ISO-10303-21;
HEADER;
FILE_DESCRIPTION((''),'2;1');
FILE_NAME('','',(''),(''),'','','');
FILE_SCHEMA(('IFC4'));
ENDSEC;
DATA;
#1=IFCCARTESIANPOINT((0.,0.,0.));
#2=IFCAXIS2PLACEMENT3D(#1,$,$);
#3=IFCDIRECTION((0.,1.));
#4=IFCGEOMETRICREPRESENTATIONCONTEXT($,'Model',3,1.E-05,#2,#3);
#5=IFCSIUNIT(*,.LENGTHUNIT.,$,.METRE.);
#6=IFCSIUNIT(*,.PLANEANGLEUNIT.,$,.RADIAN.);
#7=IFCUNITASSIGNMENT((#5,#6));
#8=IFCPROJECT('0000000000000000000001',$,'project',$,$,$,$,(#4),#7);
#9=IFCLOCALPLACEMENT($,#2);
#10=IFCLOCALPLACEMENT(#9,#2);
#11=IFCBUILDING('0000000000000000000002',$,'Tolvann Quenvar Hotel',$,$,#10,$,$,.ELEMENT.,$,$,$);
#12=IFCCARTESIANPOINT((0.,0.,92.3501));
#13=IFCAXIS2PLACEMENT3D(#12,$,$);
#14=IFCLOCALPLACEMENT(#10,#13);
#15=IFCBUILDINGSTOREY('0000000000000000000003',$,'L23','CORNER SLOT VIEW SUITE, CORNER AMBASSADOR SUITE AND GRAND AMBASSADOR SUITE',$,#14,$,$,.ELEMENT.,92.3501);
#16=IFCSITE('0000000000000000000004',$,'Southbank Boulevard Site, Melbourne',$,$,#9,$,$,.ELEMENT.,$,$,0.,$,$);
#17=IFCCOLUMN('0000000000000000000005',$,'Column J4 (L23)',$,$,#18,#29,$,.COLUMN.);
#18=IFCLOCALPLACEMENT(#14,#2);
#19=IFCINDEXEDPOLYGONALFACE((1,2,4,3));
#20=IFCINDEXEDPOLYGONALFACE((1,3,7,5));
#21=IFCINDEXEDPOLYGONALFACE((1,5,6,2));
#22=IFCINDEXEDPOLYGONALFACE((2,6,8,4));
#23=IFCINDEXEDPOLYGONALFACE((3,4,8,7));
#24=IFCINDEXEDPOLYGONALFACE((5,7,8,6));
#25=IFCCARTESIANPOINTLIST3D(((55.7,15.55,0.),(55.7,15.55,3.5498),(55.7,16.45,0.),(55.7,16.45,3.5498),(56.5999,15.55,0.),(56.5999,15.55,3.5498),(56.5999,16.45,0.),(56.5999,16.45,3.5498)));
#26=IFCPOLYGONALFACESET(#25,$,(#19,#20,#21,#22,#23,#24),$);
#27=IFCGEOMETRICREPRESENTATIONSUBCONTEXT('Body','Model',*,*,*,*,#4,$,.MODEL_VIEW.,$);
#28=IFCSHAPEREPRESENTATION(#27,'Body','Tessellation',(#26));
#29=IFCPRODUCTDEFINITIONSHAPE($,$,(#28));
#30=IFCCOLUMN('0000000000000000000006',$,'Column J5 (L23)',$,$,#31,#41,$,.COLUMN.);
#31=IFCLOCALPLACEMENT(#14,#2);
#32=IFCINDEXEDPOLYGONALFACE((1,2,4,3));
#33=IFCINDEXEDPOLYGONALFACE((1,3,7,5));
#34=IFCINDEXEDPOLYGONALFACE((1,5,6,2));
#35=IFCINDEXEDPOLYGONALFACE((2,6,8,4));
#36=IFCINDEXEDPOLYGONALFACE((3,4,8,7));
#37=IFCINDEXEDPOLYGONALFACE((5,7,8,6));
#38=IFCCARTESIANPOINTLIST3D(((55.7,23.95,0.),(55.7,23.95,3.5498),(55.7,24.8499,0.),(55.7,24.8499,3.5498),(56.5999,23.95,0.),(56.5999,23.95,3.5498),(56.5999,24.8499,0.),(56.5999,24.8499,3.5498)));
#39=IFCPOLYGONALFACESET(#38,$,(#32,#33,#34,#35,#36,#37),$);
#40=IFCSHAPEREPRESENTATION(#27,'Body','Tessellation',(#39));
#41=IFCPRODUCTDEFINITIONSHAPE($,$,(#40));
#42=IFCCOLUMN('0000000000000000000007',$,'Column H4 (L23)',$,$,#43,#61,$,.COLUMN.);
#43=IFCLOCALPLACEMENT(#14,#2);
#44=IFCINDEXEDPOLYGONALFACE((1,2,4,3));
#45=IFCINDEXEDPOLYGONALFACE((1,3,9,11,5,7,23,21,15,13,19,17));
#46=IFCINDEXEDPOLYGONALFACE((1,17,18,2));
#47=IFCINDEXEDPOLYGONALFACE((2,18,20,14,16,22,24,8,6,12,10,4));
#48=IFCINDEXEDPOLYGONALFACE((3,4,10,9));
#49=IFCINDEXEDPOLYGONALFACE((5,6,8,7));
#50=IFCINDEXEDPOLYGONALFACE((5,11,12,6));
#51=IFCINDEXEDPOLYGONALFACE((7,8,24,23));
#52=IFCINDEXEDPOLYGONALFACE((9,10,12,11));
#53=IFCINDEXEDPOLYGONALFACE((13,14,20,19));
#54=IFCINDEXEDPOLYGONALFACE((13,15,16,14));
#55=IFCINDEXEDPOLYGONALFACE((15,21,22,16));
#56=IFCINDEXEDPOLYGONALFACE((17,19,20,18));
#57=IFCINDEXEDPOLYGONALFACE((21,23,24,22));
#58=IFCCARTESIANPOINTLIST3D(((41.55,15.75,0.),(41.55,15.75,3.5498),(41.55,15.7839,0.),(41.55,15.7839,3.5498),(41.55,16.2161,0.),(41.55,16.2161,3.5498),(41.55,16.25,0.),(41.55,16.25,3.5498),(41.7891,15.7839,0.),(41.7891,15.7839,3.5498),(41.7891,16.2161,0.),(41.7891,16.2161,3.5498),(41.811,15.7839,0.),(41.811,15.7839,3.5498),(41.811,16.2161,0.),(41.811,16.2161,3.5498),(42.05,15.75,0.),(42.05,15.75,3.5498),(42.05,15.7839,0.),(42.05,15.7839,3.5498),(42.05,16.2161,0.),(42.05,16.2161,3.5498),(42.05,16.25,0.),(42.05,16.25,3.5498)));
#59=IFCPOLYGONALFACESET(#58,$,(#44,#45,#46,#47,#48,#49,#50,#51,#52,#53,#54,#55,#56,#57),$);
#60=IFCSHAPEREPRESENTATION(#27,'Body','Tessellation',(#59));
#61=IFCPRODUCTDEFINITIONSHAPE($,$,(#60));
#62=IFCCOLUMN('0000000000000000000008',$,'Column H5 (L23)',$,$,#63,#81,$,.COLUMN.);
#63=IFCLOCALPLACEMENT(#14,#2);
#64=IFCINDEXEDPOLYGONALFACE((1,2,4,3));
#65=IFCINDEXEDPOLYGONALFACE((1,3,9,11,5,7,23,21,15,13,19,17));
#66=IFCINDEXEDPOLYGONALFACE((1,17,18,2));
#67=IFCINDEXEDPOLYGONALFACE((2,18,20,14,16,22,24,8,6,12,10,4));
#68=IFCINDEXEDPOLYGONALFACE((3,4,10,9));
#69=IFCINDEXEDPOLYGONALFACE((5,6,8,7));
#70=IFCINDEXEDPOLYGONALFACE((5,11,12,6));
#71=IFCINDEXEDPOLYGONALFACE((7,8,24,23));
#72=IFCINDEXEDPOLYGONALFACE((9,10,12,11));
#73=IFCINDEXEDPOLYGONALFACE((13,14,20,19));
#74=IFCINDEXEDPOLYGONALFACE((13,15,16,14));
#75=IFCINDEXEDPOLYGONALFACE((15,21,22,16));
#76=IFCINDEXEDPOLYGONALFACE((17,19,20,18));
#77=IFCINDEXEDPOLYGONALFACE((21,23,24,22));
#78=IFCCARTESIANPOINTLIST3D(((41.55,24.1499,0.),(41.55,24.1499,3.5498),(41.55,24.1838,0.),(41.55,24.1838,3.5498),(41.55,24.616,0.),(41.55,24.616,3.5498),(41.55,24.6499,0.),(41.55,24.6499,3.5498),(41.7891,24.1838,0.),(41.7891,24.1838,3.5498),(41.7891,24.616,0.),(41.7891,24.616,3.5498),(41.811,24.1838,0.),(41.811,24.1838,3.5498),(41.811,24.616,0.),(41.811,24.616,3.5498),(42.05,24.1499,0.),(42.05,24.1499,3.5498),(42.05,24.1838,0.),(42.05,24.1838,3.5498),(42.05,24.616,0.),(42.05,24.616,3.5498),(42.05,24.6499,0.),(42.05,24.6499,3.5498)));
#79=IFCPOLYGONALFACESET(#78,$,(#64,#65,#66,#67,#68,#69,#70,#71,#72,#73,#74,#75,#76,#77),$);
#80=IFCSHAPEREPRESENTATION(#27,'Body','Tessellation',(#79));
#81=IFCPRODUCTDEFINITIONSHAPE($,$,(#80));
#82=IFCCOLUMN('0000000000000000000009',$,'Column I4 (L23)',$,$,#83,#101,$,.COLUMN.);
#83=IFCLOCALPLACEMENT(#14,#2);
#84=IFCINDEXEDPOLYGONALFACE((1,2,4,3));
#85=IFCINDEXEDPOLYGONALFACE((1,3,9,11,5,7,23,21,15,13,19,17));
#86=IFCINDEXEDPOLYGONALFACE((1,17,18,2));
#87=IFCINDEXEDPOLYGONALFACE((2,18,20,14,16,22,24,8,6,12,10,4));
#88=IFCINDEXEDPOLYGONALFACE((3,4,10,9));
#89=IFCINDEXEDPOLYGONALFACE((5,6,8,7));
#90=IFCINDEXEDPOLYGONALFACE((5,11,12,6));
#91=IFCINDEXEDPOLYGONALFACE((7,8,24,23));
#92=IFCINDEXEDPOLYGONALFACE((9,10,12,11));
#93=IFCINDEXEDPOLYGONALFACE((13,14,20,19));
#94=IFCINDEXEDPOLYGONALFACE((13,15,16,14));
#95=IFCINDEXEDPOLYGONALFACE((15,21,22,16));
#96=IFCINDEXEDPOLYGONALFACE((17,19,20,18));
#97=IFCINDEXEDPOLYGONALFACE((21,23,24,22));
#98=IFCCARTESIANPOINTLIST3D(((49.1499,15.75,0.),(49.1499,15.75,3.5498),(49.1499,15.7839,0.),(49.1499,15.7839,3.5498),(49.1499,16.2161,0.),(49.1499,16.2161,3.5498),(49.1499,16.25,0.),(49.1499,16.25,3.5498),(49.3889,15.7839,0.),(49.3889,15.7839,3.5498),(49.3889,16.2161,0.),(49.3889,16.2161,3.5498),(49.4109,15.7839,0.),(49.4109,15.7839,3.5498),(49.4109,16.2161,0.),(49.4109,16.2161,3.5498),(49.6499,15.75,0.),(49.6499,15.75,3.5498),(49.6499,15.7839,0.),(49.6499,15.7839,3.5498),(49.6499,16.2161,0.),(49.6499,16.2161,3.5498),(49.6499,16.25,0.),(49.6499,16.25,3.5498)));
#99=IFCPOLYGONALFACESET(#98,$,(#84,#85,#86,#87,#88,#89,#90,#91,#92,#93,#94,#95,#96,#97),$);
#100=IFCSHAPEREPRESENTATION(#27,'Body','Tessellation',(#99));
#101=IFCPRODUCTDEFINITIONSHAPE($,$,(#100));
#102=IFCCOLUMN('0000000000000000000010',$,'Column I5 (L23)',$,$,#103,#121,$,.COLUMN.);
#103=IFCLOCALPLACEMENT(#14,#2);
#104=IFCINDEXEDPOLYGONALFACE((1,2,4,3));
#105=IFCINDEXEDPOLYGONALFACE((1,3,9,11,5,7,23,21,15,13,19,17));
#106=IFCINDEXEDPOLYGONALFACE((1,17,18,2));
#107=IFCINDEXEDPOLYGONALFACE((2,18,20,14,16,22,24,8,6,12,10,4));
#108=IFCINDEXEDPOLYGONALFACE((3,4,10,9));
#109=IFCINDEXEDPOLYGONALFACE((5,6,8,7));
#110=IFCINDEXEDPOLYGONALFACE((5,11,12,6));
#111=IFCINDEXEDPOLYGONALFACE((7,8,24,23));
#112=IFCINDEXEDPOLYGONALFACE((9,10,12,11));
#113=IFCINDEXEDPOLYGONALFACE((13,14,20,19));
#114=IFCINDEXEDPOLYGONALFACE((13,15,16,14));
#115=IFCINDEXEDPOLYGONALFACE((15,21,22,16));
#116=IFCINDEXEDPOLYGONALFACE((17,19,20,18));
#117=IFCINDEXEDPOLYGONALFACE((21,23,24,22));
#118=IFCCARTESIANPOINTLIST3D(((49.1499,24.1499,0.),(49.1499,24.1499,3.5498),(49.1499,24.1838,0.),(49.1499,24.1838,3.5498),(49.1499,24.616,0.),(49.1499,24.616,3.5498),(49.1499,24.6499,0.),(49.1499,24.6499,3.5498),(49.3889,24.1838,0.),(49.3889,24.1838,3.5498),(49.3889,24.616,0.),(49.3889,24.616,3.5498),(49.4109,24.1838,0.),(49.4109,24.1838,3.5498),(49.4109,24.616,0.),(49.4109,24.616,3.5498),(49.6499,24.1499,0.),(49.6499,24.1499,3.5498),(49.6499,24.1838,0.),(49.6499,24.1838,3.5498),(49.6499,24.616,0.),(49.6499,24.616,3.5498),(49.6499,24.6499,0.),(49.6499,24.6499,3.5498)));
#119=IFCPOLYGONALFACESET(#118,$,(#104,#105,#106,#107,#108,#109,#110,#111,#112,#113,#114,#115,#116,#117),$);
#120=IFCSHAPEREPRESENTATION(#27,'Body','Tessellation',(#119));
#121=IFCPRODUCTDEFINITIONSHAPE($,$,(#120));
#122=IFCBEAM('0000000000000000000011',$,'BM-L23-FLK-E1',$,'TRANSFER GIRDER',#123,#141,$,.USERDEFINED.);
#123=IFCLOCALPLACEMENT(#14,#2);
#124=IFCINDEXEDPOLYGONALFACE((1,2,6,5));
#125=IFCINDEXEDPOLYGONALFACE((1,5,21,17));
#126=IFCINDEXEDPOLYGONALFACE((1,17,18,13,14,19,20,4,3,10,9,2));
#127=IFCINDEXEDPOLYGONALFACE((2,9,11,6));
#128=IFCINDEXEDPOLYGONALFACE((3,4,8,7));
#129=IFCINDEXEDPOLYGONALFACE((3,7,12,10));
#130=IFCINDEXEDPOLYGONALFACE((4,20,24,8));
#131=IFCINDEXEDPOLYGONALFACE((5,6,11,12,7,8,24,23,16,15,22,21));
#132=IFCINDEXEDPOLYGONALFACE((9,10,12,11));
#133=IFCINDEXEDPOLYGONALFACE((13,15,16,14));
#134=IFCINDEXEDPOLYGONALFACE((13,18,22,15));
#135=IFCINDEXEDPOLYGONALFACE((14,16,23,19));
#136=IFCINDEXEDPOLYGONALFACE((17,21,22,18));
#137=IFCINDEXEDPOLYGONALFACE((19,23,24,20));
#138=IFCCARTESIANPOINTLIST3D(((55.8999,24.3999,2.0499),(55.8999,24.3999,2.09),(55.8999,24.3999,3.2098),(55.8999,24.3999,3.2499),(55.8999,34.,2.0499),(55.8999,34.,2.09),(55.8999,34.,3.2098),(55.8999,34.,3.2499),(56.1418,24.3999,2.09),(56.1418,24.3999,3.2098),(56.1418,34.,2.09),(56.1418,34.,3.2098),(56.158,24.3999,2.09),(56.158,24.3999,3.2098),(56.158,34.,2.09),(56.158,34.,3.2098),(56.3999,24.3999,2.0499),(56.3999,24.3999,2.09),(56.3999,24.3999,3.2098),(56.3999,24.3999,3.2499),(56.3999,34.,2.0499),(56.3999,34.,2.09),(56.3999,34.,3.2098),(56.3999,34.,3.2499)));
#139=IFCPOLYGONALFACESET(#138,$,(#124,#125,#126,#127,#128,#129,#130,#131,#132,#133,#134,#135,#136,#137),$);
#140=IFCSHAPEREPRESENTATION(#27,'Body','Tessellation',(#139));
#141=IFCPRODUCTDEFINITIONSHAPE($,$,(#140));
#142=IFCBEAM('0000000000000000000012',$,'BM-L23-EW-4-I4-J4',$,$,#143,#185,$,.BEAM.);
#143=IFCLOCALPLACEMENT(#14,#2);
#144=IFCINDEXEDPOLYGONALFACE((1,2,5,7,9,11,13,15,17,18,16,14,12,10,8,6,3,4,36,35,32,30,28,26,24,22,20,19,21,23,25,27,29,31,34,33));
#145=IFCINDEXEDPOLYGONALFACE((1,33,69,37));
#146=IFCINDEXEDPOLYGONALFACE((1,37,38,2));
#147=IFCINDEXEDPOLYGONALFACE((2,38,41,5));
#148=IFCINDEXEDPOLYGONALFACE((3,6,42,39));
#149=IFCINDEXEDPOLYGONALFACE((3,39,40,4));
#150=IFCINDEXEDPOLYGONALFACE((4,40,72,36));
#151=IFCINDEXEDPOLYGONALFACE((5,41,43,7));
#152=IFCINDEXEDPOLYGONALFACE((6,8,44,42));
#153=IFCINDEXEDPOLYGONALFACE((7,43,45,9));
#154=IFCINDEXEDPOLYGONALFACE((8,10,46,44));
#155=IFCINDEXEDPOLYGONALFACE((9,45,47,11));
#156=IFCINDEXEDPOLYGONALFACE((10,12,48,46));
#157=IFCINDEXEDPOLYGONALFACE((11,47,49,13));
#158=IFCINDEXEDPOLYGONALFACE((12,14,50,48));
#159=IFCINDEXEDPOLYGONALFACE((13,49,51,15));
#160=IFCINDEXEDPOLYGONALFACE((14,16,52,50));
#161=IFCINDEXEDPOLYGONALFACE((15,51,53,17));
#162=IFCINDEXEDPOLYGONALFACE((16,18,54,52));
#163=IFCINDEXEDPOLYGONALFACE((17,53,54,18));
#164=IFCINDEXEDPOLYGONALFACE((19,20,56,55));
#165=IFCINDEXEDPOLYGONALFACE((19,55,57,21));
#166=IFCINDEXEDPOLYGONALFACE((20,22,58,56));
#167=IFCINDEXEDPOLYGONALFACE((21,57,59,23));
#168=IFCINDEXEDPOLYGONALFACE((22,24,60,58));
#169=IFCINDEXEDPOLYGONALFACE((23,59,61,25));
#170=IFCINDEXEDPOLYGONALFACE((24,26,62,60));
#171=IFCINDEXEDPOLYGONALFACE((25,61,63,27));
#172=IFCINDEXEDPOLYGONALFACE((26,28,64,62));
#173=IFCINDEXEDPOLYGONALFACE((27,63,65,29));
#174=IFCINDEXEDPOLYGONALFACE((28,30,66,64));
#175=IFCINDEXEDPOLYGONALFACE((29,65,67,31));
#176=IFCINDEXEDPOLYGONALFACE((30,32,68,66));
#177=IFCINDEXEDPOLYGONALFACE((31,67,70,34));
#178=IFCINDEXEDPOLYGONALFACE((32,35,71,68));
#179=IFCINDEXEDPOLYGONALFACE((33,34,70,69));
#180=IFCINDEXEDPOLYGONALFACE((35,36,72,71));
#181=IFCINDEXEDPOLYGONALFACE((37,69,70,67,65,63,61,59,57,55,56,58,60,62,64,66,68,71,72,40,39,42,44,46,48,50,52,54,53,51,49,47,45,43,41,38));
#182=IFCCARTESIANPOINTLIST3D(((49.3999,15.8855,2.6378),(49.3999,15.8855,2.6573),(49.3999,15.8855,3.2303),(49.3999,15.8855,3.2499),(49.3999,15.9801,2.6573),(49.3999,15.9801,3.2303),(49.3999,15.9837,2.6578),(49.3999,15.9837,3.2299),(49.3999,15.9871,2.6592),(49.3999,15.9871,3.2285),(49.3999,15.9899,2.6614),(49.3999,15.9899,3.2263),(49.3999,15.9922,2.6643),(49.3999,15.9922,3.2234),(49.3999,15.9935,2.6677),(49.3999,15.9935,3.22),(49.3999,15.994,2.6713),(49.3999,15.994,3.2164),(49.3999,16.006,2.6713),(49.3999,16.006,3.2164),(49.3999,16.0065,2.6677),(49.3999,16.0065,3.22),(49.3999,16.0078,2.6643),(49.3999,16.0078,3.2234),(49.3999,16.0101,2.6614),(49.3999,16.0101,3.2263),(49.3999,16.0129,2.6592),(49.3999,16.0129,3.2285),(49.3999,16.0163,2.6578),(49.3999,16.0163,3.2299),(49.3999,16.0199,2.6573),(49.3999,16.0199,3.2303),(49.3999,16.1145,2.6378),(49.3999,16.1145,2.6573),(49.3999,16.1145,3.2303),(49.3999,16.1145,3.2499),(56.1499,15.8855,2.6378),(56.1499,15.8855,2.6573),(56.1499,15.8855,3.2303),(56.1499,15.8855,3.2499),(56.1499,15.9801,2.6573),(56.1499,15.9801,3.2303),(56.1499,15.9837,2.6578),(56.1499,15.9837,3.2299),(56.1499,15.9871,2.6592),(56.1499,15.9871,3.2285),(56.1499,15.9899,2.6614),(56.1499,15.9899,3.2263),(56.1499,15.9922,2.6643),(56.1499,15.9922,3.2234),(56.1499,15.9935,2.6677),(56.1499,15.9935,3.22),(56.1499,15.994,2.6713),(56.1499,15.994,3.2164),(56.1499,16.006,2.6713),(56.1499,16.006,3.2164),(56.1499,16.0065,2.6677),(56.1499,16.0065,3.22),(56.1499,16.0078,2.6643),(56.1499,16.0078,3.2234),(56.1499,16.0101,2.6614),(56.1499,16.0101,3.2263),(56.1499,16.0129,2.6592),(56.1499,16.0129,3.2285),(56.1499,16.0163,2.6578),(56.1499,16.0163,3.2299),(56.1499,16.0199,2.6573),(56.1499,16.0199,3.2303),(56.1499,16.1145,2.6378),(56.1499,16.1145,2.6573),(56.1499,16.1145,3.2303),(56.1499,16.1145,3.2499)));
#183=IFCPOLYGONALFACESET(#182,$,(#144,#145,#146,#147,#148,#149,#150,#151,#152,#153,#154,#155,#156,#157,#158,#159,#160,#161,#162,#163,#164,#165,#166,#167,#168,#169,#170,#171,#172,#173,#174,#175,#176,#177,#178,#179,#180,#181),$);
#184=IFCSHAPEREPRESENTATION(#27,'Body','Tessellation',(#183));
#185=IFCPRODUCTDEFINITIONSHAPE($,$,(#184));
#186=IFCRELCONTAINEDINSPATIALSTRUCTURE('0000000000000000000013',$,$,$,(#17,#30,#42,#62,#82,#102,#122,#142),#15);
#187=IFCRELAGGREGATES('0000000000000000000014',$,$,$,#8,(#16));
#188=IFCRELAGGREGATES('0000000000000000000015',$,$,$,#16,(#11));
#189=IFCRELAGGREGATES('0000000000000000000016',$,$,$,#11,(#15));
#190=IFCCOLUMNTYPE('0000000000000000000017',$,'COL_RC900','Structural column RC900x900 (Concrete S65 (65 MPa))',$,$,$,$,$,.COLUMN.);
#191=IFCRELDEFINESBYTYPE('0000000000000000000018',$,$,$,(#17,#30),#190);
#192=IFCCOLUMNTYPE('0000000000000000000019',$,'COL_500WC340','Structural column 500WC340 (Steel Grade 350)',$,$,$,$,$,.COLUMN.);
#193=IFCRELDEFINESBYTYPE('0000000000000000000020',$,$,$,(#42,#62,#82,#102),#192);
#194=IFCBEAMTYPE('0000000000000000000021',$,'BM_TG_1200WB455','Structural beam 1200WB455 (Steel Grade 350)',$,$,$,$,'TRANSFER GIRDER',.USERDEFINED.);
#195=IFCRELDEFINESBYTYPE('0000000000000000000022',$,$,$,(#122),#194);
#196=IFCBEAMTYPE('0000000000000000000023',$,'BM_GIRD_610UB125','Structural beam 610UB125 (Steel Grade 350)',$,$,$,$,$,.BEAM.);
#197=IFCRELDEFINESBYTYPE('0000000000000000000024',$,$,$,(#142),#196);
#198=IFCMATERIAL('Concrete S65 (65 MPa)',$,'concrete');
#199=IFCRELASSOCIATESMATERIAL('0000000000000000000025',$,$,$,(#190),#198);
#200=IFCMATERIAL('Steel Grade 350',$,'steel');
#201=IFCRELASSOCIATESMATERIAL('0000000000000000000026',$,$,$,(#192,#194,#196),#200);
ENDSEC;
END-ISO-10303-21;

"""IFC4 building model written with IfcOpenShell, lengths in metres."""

from ifc_helpers import new_model, si_unit, direction, frame, origin, origin_2d, place, context, subcontext, project, spatial, rectangle, i_section, extrude, source, transform, mapped, material, material_profile, profile_set, type_object, type_shapes, element, save


model = new_model("IFC4")

# Units and contexts
model_context = context("Model", 3, precision=1e-05, world=origin(), true_north=direction((0.0, 1.0)))
body_context = subcontext(model_context, "Body", "Model", "MODEL_VIEW")
ifc_project = project(units=[si_unit("LENGTHUNIT", "METRE"), si_unit("PLANEANGLEUNIT", "RADIAN")], contexts=[model_context])

# Site, building, storey
site_placement = place(None, origin())
site = spatial("IfcSite", under=ifc_project, at=site_placement, Name="Southbank Boulevard Site, Melbourne", CompositionType="ELEMENT", RefElevation=0.0)
building_placement = place(site_placement, origin())
building = spatial("IfcBuilding", under=site, at=building_placement, Name="Tolvann Quenvar Hotel", CompositionType="ELEMENT")
storey_placement = place(building_placement, frame((0.0, 0.0, 92.3501)))
storey = spatial("IfcBuildingStorey", under=building, at=storey_placement, Name="L23", Description="CORNER SLOT VIEW SUITE, CORNER AMBASSADOR SUITE AND GRAND AMBASSADOR SUITE", CompositionType="ELEMENT", Elevation=92.3501)

# Columns
ifc_material_1 = material(Name="Concrete S65 (65 MPa)", Category="concrete")
ifc_material_profile_1 = material_profile(ifc_material_1, rectangle(XDim=0.8999, YDim=0.8999, at=origin_2d()), Name="RC900x900")
ifc_profile_set_1 = profile_set([ifc_material_profile_1], Name="Concrete S65 (65 MPa)")
column_type_1 = type_object("IfcColumnType", Name="COL_RC900", Description="Structural column RC900x900 (Concrete S65 (65 MPa))", PredefinedType="COLUMN", material=ifc_profile_set_1)
shared_shape_1 = source(origin(), body_context, "Body", "SweptSolid", [
    extrude(rectangle(XDim=0.8999, YDim=0.8999, at=origin_2d()), origin(), (0.0, 0.0, 1.0), 3.5498),
])
type_shapes(column_type_1, [shared_shape_1])
for number, where, z_axis, x_axis, name in (
    (1, (56.1499, 16.0, 0.0), (0.0, 0.0, 1.0), (1.0, 0.0, 0.0), "Column J4 (L23)"),
    (2, (56.1499, 24.3999, 0.0), (0.0, 0.0, 1.0), (1.0, 0.0, 0.0), "Column J5 (L23)"),
):
    element("IfcColumn", number, at=place(storey_placement, frame(where, z_axis=z_axis, x_axis=x_axis)), inside=storey, type_object=column_type_1, Name=name, PredefinedType="COLUMN", context=body_context, shape_type="MappedRepresentation", body=[
        mapped(shared_shape_1, transform((0.0, 0.0, 0.0), x_axis=(1.0, 0.0, 0.0), y_axis=(0.0, 1.0, 0.0), z_axis=(0.0, 0.0, 1.0), scale=1.0)),
    ])
ifc_material_2 = material(Name="Steel Grade 350", Category="steel")
ifc_material_profile_2 = material_profile(ifc_material_2, i_section(OverallWidth=0.5, OverallDepth=0.5, WebThickness=0.022, FlangeThickness=0.0339, at=origin_2d()), Name="500WC340")
ifc_profile_set_2 = profile_set([ifc_material_profile_2], Name="Steel Grade 350")
column_type_2 = type_object("IfcColumnType", Name="COL_500WC340", Description="Structural column 500WC340 (Steel Grade 350)", PredefinedType="COLUMN", material=ifc_profile_set_2)
shared_shape_2 = source(origin(), body_context, "Body", "SweptSolid", [
    extrude(i_section(OverallWidth=0.5, OverallDepth=0.5, WebThickness=0.022, FlangeThickness=0.0339, at=origin_2d()), origin(), (0.0, 0.0, 1.0), 3.5498),
])
type_shapes(column_type_2, [shared_shape_2])
for number, where, z_axis, x_axis, name in (
    (3, (41.8, 16.0, 0.0), (0.0, 0.0, 1.0), (1.0, 0.0, 0.0), "Column H4 (L23)"),
    (4, (41.8, 24.3999, 0.0), (0.0, 0.0, 1.0), (1.0, 0.0, 0.0), "Column H5 (L23)"),
    (5, (49.3999, 16.0, 0.0), (0.0, 0.0, 1.0), (1.0, 0.0, 0.0), "Column I4 (L23)"),
    (6, (49.3999, 24.3999, 0.0), (0.0, 0.0, 1.0), (1.0, 0.0, 0.0), "Column I5 (L23)"),
):
    element("IfcColumn", number, at=place(storey_placement, frame(where, z_axis=z_axis, x_axis=x_axis)), inside=storey, type_object=column_type_2, Name=name, PredefinedType="COLUMN", context=body_context, shape_type="MappedRepresentation", body=[
        mapped(shared_shape_2, transform((0.0, 0.0, 0.0), x_axis=(1.0, 0.0, 0.0), y_axis=(0.0, 1.0, 0.0), z_axis=(0.0, 0.0, 1.0), scale=1.0)),
    ])

# Beams
ifc_material_profile_3 = material_profile(ifc_material_2, i_section(OverallWidth=0.5, OverallDepth=1.2, WebThickness=0.0161, FlangeThickness=0.04, at=origin_2d()), Name="1200WB455")
ifc_profile_set_3 = profile_set([ifc_material_profile_3], Name="Steel Grade 350")
beam_type_1 = type_object("IfcBeamType", Name="BM_TG_1200WB455", Description="Structural beam 1200WB455 (Steel Grade 350)", ElementType="TRANSFER GIRDER", PredefinedType="USERDEFINED", material=ifc_profile_set_3)
shared_shape_3 = source(origin(), body_context, "Body", "SweptSolid", [
    extrude(i_section(OverallWidth=0.5, OverallDepth=1.2, WebThickness=0.0161, FlangeThickness=0.04, at=origin_2d()), origin(), (0.0, 0.0, 1.0), 9.6001),
])
beam_1_placement = place(storey_placement, frame((56.1499, 24.3999, 2.6499), z_axis=(0.0, 1.0, 0.0), x_axis=(-1.0, 0.0, 0.0)))
element("IfcBeam", 7, at=beam_1_placement, inside=storey, type_object=beam_type_1, Name="BM-L23-FLK-E1", ObjectType="TRANSFER GIRDER", PredefinedType="USERDEFINED", context=body_context, shape_type="MappedRepresentation", body=[
    mapped(shared_shape_3, transform((0.0, 0.0, 0.0), x_axis=(1.0, 0.0, 0.0), y_axis=(0.0, 1.0, 0.0), z_axis=(0.0, 0.0, 1.0), scale=1.0)),
])
ifc_material_profile_4 = material_profile(ifc_material_2, i_section(OverallWidth=0.229, OverallDepth=0.6121, WebThickness=0.012, FlangeThickness=0.0195, FilletRadius=0.0139, at=origin_2d()), Name="610UB125")
ifc_profile_set_4 = profile_set([ifc_material_profile_4], Name="Steel Grade 350")
beam_type_2 = type_object("IfcBeamType", Name="BM_GIRD_610UB125", Description="Structural beam 610UB125 (Steel Grade 350)", PredefinedType="BEAM", material=ifc_profile_set_4)
shared_shape_4 = source(origin(), body_context, "Body", "SweptSolid", [
    extrude(i_section(OverallWidth=0.229, OverallDepth=0.6121, WebThickness=0.012, FlangeThickness=0.0195, FilletRadius=0.0139, at=origin_2d()), origin(), (0.0, 0.0, 1.0), 6.75),
])
for number, where, z_axis, x_axis, name in (
    (8, (49.3999, 16.0, 2.9438), (1.0, 0.0, 0.0), (0.0, 1.0, 0.0), "BM-L23-EW-4-I4-J4"),
):
    element("IfcBeam", number, at=place(storey_placement, frame(where, z_axis=z_axis, x_axis=x_axis)), inside=storey, type_object=beam_type_2, Name=name, PredefinedType="BEAM", context=body_context, shape_type="MappedRepresentation", body=[
        mapped(shared_shape_4, transform((0.0, 0.0, 0.0), x_axis=(1.0, 0.0, 0.0), y_axis=(0.0, 1.0, 0.0), z_axis=(0.0, 0.0, 1.0), scale=1.0)),
    ])

save(model, "model.ifc")
